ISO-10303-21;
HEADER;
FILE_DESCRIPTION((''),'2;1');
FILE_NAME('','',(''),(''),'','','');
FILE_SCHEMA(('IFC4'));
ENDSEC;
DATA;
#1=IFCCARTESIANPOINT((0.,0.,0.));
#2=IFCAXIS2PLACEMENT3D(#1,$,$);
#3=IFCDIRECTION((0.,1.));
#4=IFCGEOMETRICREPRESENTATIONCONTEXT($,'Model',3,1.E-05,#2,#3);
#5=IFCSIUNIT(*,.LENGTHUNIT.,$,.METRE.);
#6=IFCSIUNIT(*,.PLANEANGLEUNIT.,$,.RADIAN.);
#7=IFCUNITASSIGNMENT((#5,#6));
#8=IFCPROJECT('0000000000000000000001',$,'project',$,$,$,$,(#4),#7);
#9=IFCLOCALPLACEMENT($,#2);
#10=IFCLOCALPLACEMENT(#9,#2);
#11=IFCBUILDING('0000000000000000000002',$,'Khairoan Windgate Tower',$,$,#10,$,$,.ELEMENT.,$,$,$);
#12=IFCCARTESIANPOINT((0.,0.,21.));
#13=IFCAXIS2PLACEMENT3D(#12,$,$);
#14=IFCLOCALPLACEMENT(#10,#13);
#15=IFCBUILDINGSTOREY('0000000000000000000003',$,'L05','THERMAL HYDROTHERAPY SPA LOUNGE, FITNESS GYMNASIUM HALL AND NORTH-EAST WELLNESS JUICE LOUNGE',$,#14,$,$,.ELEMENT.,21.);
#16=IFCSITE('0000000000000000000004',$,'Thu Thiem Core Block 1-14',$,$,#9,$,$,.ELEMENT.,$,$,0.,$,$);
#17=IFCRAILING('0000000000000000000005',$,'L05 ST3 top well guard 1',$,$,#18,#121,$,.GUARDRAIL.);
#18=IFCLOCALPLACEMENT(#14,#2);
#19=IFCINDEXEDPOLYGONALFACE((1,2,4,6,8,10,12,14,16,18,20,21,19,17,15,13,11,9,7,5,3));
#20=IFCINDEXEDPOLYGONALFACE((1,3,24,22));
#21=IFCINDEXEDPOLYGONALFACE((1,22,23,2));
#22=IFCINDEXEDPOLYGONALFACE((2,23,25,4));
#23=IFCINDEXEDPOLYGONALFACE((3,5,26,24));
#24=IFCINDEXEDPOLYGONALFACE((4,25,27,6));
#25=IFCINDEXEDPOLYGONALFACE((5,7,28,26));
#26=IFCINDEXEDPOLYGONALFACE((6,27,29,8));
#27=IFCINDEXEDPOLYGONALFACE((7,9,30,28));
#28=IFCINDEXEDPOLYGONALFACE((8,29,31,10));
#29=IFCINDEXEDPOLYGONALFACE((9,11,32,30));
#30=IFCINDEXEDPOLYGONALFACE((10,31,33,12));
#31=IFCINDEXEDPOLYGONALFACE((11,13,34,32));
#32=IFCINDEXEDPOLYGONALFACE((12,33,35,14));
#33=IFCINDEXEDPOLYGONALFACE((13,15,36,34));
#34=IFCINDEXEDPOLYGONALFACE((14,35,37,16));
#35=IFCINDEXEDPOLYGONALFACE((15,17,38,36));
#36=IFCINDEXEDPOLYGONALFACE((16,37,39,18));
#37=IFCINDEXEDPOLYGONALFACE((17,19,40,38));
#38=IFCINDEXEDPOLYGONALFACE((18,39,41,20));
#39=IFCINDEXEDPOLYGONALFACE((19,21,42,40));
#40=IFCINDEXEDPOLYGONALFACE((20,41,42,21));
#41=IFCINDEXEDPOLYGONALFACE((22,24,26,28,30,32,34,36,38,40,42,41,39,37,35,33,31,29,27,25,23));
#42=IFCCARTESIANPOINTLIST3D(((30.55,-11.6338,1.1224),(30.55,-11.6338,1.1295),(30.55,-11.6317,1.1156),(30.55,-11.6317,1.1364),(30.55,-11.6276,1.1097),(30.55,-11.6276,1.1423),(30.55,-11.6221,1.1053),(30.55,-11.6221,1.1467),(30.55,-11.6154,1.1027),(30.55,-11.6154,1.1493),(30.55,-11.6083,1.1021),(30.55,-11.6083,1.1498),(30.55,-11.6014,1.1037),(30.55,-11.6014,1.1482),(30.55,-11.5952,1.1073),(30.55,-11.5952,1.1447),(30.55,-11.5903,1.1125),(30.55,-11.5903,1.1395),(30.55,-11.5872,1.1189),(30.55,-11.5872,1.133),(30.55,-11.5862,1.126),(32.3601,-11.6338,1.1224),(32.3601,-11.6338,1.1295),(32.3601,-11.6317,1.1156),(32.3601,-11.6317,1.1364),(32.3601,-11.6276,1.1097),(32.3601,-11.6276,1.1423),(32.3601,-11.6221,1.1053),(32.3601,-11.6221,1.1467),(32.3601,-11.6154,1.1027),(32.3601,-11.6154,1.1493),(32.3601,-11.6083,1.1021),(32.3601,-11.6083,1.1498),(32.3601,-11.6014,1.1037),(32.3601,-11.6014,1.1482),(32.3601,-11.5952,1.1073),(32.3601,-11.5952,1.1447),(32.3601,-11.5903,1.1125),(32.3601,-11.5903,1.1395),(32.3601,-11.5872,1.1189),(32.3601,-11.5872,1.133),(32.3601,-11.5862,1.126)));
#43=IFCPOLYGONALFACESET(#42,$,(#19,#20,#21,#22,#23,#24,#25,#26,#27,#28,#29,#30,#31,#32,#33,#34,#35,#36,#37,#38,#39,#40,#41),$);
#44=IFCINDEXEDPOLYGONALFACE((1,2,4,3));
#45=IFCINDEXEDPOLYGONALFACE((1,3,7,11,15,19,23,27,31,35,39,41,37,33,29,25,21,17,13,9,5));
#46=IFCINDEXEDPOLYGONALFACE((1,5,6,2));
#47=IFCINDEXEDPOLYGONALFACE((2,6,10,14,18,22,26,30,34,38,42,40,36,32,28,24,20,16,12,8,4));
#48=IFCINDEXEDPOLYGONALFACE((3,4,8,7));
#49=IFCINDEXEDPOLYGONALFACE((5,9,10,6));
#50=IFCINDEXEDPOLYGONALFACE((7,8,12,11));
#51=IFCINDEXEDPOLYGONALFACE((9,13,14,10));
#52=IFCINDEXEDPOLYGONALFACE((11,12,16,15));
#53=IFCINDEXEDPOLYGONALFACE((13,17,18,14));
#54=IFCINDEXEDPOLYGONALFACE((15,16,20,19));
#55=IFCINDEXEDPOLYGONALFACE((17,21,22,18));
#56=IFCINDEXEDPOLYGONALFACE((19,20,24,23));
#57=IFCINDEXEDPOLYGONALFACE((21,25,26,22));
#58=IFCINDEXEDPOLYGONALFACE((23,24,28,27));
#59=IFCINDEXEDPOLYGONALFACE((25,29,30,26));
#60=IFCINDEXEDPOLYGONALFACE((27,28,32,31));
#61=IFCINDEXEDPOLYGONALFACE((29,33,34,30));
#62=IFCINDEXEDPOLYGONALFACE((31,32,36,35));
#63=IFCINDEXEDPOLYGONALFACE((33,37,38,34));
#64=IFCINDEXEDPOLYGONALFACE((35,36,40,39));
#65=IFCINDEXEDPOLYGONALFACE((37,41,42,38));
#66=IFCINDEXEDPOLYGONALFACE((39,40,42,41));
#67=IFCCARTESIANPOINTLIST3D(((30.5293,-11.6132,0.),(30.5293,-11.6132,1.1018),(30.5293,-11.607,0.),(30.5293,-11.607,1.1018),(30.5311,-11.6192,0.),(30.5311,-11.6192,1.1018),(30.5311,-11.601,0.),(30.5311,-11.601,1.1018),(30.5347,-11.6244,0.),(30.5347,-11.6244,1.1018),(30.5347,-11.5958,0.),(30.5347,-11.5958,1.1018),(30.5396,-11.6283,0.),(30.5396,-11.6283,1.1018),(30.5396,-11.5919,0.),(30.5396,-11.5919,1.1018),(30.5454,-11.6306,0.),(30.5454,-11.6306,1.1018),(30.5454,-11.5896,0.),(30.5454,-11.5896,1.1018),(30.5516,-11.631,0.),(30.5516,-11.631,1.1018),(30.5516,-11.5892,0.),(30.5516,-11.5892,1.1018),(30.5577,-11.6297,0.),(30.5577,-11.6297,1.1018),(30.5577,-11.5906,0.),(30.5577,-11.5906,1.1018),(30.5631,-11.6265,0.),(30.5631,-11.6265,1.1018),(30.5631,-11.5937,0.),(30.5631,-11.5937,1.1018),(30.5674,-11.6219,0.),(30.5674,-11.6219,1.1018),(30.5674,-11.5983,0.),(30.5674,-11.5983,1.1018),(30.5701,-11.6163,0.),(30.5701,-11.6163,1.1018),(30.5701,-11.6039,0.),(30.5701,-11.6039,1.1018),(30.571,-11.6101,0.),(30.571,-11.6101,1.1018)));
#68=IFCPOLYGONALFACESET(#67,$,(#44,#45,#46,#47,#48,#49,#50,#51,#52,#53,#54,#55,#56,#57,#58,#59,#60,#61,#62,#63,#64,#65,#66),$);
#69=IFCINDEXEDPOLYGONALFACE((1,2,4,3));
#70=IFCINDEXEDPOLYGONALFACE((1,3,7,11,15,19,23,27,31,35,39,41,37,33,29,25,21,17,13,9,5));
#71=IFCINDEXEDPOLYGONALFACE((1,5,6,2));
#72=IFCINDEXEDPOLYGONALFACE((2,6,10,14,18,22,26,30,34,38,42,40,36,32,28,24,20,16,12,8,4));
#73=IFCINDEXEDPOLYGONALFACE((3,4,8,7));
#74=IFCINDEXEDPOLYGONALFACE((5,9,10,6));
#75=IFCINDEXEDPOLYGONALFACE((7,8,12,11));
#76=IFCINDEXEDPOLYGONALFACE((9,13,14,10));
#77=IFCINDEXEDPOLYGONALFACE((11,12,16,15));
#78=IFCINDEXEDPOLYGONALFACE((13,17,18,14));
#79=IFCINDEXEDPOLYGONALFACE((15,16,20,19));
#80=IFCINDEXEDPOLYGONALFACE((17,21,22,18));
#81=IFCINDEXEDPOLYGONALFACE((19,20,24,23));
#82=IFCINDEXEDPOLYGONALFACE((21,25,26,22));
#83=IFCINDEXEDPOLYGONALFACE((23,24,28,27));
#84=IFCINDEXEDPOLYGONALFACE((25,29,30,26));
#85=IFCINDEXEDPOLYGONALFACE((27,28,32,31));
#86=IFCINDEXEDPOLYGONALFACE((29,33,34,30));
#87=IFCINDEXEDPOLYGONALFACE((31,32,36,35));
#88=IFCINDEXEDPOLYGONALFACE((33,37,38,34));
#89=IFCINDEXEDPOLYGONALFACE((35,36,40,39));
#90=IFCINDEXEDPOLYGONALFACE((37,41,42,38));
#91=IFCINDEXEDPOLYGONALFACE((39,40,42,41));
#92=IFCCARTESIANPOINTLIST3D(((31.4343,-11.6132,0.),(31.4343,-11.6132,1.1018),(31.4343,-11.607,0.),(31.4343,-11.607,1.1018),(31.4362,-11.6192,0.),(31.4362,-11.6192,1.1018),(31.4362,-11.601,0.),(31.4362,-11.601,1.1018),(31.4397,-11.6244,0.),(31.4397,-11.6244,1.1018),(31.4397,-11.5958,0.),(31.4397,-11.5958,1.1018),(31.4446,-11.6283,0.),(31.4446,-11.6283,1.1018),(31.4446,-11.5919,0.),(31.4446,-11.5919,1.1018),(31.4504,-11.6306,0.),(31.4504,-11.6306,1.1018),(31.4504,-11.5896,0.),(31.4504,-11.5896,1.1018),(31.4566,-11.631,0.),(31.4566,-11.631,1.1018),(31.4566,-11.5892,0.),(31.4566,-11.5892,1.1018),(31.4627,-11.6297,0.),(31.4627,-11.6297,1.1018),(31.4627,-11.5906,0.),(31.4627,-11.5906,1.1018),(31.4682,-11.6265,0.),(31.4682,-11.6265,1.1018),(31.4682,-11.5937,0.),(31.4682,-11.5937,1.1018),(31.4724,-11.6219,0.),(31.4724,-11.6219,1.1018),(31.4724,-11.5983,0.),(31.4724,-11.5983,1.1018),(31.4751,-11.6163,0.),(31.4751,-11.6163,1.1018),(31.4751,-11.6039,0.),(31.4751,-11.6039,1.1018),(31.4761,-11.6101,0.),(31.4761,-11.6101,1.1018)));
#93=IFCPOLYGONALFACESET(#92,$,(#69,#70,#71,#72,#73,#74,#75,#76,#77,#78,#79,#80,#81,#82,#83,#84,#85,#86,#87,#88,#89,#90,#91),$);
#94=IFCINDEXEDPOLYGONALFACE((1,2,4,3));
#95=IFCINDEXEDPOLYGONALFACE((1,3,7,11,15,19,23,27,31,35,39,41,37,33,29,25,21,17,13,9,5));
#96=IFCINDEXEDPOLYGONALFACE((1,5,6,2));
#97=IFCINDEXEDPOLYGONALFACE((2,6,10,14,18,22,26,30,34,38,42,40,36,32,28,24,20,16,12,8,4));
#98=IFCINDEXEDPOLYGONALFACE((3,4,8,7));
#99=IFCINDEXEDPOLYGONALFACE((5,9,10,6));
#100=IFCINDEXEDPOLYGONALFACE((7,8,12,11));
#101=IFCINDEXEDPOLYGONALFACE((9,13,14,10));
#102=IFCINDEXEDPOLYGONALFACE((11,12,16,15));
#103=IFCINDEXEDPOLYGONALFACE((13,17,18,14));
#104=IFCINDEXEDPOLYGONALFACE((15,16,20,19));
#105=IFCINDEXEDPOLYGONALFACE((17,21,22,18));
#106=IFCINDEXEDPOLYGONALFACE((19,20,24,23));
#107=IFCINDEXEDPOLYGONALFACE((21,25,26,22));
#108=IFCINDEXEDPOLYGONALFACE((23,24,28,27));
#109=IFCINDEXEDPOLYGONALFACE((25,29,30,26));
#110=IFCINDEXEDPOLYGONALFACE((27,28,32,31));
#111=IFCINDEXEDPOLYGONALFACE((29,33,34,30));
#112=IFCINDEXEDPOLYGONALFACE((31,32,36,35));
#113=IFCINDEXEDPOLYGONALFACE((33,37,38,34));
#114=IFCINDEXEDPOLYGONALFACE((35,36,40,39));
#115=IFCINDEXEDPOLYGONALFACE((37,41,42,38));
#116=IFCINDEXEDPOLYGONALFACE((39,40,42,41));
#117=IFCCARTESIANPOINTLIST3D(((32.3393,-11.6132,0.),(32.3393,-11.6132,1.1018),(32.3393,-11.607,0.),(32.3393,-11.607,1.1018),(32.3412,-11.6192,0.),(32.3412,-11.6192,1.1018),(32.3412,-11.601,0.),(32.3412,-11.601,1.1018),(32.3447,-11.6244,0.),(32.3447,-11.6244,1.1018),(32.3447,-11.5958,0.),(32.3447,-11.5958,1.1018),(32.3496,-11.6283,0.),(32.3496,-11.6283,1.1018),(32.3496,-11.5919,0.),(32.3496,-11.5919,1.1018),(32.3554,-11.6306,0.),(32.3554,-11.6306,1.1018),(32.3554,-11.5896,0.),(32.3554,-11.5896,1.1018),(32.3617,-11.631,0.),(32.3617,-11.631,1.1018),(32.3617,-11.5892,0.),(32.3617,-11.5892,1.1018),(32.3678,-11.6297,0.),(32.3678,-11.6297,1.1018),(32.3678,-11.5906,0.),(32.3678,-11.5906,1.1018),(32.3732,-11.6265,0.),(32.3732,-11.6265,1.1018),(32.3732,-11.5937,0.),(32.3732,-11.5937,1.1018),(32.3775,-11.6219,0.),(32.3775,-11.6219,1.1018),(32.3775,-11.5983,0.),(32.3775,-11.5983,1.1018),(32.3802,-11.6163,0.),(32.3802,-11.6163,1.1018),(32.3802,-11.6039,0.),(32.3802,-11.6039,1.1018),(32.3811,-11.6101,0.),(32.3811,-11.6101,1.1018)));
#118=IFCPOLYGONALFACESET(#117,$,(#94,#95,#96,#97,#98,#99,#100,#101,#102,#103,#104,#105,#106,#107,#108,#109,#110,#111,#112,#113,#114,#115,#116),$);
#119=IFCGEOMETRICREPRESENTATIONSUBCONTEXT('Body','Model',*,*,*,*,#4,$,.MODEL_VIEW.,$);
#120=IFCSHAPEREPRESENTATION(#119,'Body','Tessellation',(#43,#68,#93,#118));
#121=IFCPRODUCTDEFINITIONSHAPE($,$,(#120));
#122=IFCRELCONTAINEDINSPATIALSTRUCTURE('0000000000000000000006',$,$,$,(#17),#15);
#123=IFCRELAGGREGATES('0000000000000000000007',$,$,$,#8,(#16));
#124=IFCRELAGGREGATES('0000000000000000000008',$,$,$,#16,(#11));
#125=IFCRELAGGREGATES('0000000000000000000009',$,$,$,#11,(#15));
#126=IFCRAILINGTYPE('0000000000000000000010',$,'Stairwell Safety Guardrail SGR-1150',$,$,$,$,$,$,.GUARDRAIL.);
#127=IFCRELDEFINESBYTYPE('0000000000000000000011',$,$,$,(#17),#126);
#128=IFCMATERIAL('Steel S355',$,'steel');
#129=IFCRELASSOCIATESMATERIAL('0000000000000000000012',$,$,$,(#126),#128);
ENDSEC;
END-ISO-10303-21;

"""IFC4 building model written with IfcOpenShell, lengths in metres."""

from ifc_helpers import new_model, si_unit, direction, frame, origin, origin_2d, place, context, subcontext, project, spatial, circle, extrude, material, type_object, element, save


model = new_model("IFC4")

# Units and contexts
model_context = context("Model", 3, precision=1e-05, world=origin(), true_north=direction((0.0, 1.0)))
body_context = subcontext(model_context, "Body", "Model", "MODEL_VIEW")
ifc_project = project(units=[si_unit("LENGTHUNIT", "METRE"), si_unit("PLANEANGLEUNIT", "RADIAN")], contexts=[model_context])

# Site, building, storey
site_placement = place(None, origin())
site = spatial("IfcSite", under=ifc_project, at=site_placement, Name="Thu Thiem Core Block 1-14", CompositionType="ELEMENT", RefElevation=0.0)
building_placement = place(site_placement, origin())
building = spatial("IfcBuilding", under=site, at=building_placement, Name="Khairoan Windgate Tower", CompositionType="ELEMENT")
storey_placement = place(building_placement, frame((0.0, 0.0, 21.0)))
storey = spatial("IfcBuildingStorey", under=building, at=storey_placement, Name="L05", Description="THERMAL HYDROTHERAPY SPA LOUNGE, FITNESS GYMNASIUM HALL AND NORTH-EAST WELLNESS JUICE LOUNGE", CompositionType="ELEMENT", Elevation=21.0)

# Railing
ifc_material_1 = material(Name="Steel S355", Category="steel")
railing_type_1 = type_object("IfcRailingType", Name="Stairwell Safety Guardrail SGR-1150", PredefinedType="GUARDRAIL", material=ifc_material_1)
railing_1_placement = place(storey_placement, frame((30.55, -11.6101, 0.0)))
element("IfcRailing", 1, at=railing_1_placement, inside=storey, type_object=railing_type_1, Name="L05 ST3 top well guard 1", PredefinedType="GUARDRAIL", context=body_context, shape_type="SweptSolid", body=[
    extrude(circle(Radius=0.0239, at=origin_2d()), frame((0.0, 0.0, 1.126), z_axis=(1.0, 0.0, 0.0), x_axis=(0.0, 1.0, 0.0)), (0.0, 0.0, 1.0), 1.8101),
    extrude(circle(Radius=0.021, at=origin_2d()), origin(), (0.0, 0.0, 1.0), 1.1018),
    extrude(circle(Radius=0.021, at=origin_2d()), frame((0.905, 0.0, 0.0)), (0.0, 0.0, 1.0), 1.1018),
    extrude(circle(Radius=0.021, at=origin_2d()), frame((1.8101, 0.0, 0.0)), (0.0, 0.0, 1.0), 1.1018),
])

save(model, "model.ifc")
